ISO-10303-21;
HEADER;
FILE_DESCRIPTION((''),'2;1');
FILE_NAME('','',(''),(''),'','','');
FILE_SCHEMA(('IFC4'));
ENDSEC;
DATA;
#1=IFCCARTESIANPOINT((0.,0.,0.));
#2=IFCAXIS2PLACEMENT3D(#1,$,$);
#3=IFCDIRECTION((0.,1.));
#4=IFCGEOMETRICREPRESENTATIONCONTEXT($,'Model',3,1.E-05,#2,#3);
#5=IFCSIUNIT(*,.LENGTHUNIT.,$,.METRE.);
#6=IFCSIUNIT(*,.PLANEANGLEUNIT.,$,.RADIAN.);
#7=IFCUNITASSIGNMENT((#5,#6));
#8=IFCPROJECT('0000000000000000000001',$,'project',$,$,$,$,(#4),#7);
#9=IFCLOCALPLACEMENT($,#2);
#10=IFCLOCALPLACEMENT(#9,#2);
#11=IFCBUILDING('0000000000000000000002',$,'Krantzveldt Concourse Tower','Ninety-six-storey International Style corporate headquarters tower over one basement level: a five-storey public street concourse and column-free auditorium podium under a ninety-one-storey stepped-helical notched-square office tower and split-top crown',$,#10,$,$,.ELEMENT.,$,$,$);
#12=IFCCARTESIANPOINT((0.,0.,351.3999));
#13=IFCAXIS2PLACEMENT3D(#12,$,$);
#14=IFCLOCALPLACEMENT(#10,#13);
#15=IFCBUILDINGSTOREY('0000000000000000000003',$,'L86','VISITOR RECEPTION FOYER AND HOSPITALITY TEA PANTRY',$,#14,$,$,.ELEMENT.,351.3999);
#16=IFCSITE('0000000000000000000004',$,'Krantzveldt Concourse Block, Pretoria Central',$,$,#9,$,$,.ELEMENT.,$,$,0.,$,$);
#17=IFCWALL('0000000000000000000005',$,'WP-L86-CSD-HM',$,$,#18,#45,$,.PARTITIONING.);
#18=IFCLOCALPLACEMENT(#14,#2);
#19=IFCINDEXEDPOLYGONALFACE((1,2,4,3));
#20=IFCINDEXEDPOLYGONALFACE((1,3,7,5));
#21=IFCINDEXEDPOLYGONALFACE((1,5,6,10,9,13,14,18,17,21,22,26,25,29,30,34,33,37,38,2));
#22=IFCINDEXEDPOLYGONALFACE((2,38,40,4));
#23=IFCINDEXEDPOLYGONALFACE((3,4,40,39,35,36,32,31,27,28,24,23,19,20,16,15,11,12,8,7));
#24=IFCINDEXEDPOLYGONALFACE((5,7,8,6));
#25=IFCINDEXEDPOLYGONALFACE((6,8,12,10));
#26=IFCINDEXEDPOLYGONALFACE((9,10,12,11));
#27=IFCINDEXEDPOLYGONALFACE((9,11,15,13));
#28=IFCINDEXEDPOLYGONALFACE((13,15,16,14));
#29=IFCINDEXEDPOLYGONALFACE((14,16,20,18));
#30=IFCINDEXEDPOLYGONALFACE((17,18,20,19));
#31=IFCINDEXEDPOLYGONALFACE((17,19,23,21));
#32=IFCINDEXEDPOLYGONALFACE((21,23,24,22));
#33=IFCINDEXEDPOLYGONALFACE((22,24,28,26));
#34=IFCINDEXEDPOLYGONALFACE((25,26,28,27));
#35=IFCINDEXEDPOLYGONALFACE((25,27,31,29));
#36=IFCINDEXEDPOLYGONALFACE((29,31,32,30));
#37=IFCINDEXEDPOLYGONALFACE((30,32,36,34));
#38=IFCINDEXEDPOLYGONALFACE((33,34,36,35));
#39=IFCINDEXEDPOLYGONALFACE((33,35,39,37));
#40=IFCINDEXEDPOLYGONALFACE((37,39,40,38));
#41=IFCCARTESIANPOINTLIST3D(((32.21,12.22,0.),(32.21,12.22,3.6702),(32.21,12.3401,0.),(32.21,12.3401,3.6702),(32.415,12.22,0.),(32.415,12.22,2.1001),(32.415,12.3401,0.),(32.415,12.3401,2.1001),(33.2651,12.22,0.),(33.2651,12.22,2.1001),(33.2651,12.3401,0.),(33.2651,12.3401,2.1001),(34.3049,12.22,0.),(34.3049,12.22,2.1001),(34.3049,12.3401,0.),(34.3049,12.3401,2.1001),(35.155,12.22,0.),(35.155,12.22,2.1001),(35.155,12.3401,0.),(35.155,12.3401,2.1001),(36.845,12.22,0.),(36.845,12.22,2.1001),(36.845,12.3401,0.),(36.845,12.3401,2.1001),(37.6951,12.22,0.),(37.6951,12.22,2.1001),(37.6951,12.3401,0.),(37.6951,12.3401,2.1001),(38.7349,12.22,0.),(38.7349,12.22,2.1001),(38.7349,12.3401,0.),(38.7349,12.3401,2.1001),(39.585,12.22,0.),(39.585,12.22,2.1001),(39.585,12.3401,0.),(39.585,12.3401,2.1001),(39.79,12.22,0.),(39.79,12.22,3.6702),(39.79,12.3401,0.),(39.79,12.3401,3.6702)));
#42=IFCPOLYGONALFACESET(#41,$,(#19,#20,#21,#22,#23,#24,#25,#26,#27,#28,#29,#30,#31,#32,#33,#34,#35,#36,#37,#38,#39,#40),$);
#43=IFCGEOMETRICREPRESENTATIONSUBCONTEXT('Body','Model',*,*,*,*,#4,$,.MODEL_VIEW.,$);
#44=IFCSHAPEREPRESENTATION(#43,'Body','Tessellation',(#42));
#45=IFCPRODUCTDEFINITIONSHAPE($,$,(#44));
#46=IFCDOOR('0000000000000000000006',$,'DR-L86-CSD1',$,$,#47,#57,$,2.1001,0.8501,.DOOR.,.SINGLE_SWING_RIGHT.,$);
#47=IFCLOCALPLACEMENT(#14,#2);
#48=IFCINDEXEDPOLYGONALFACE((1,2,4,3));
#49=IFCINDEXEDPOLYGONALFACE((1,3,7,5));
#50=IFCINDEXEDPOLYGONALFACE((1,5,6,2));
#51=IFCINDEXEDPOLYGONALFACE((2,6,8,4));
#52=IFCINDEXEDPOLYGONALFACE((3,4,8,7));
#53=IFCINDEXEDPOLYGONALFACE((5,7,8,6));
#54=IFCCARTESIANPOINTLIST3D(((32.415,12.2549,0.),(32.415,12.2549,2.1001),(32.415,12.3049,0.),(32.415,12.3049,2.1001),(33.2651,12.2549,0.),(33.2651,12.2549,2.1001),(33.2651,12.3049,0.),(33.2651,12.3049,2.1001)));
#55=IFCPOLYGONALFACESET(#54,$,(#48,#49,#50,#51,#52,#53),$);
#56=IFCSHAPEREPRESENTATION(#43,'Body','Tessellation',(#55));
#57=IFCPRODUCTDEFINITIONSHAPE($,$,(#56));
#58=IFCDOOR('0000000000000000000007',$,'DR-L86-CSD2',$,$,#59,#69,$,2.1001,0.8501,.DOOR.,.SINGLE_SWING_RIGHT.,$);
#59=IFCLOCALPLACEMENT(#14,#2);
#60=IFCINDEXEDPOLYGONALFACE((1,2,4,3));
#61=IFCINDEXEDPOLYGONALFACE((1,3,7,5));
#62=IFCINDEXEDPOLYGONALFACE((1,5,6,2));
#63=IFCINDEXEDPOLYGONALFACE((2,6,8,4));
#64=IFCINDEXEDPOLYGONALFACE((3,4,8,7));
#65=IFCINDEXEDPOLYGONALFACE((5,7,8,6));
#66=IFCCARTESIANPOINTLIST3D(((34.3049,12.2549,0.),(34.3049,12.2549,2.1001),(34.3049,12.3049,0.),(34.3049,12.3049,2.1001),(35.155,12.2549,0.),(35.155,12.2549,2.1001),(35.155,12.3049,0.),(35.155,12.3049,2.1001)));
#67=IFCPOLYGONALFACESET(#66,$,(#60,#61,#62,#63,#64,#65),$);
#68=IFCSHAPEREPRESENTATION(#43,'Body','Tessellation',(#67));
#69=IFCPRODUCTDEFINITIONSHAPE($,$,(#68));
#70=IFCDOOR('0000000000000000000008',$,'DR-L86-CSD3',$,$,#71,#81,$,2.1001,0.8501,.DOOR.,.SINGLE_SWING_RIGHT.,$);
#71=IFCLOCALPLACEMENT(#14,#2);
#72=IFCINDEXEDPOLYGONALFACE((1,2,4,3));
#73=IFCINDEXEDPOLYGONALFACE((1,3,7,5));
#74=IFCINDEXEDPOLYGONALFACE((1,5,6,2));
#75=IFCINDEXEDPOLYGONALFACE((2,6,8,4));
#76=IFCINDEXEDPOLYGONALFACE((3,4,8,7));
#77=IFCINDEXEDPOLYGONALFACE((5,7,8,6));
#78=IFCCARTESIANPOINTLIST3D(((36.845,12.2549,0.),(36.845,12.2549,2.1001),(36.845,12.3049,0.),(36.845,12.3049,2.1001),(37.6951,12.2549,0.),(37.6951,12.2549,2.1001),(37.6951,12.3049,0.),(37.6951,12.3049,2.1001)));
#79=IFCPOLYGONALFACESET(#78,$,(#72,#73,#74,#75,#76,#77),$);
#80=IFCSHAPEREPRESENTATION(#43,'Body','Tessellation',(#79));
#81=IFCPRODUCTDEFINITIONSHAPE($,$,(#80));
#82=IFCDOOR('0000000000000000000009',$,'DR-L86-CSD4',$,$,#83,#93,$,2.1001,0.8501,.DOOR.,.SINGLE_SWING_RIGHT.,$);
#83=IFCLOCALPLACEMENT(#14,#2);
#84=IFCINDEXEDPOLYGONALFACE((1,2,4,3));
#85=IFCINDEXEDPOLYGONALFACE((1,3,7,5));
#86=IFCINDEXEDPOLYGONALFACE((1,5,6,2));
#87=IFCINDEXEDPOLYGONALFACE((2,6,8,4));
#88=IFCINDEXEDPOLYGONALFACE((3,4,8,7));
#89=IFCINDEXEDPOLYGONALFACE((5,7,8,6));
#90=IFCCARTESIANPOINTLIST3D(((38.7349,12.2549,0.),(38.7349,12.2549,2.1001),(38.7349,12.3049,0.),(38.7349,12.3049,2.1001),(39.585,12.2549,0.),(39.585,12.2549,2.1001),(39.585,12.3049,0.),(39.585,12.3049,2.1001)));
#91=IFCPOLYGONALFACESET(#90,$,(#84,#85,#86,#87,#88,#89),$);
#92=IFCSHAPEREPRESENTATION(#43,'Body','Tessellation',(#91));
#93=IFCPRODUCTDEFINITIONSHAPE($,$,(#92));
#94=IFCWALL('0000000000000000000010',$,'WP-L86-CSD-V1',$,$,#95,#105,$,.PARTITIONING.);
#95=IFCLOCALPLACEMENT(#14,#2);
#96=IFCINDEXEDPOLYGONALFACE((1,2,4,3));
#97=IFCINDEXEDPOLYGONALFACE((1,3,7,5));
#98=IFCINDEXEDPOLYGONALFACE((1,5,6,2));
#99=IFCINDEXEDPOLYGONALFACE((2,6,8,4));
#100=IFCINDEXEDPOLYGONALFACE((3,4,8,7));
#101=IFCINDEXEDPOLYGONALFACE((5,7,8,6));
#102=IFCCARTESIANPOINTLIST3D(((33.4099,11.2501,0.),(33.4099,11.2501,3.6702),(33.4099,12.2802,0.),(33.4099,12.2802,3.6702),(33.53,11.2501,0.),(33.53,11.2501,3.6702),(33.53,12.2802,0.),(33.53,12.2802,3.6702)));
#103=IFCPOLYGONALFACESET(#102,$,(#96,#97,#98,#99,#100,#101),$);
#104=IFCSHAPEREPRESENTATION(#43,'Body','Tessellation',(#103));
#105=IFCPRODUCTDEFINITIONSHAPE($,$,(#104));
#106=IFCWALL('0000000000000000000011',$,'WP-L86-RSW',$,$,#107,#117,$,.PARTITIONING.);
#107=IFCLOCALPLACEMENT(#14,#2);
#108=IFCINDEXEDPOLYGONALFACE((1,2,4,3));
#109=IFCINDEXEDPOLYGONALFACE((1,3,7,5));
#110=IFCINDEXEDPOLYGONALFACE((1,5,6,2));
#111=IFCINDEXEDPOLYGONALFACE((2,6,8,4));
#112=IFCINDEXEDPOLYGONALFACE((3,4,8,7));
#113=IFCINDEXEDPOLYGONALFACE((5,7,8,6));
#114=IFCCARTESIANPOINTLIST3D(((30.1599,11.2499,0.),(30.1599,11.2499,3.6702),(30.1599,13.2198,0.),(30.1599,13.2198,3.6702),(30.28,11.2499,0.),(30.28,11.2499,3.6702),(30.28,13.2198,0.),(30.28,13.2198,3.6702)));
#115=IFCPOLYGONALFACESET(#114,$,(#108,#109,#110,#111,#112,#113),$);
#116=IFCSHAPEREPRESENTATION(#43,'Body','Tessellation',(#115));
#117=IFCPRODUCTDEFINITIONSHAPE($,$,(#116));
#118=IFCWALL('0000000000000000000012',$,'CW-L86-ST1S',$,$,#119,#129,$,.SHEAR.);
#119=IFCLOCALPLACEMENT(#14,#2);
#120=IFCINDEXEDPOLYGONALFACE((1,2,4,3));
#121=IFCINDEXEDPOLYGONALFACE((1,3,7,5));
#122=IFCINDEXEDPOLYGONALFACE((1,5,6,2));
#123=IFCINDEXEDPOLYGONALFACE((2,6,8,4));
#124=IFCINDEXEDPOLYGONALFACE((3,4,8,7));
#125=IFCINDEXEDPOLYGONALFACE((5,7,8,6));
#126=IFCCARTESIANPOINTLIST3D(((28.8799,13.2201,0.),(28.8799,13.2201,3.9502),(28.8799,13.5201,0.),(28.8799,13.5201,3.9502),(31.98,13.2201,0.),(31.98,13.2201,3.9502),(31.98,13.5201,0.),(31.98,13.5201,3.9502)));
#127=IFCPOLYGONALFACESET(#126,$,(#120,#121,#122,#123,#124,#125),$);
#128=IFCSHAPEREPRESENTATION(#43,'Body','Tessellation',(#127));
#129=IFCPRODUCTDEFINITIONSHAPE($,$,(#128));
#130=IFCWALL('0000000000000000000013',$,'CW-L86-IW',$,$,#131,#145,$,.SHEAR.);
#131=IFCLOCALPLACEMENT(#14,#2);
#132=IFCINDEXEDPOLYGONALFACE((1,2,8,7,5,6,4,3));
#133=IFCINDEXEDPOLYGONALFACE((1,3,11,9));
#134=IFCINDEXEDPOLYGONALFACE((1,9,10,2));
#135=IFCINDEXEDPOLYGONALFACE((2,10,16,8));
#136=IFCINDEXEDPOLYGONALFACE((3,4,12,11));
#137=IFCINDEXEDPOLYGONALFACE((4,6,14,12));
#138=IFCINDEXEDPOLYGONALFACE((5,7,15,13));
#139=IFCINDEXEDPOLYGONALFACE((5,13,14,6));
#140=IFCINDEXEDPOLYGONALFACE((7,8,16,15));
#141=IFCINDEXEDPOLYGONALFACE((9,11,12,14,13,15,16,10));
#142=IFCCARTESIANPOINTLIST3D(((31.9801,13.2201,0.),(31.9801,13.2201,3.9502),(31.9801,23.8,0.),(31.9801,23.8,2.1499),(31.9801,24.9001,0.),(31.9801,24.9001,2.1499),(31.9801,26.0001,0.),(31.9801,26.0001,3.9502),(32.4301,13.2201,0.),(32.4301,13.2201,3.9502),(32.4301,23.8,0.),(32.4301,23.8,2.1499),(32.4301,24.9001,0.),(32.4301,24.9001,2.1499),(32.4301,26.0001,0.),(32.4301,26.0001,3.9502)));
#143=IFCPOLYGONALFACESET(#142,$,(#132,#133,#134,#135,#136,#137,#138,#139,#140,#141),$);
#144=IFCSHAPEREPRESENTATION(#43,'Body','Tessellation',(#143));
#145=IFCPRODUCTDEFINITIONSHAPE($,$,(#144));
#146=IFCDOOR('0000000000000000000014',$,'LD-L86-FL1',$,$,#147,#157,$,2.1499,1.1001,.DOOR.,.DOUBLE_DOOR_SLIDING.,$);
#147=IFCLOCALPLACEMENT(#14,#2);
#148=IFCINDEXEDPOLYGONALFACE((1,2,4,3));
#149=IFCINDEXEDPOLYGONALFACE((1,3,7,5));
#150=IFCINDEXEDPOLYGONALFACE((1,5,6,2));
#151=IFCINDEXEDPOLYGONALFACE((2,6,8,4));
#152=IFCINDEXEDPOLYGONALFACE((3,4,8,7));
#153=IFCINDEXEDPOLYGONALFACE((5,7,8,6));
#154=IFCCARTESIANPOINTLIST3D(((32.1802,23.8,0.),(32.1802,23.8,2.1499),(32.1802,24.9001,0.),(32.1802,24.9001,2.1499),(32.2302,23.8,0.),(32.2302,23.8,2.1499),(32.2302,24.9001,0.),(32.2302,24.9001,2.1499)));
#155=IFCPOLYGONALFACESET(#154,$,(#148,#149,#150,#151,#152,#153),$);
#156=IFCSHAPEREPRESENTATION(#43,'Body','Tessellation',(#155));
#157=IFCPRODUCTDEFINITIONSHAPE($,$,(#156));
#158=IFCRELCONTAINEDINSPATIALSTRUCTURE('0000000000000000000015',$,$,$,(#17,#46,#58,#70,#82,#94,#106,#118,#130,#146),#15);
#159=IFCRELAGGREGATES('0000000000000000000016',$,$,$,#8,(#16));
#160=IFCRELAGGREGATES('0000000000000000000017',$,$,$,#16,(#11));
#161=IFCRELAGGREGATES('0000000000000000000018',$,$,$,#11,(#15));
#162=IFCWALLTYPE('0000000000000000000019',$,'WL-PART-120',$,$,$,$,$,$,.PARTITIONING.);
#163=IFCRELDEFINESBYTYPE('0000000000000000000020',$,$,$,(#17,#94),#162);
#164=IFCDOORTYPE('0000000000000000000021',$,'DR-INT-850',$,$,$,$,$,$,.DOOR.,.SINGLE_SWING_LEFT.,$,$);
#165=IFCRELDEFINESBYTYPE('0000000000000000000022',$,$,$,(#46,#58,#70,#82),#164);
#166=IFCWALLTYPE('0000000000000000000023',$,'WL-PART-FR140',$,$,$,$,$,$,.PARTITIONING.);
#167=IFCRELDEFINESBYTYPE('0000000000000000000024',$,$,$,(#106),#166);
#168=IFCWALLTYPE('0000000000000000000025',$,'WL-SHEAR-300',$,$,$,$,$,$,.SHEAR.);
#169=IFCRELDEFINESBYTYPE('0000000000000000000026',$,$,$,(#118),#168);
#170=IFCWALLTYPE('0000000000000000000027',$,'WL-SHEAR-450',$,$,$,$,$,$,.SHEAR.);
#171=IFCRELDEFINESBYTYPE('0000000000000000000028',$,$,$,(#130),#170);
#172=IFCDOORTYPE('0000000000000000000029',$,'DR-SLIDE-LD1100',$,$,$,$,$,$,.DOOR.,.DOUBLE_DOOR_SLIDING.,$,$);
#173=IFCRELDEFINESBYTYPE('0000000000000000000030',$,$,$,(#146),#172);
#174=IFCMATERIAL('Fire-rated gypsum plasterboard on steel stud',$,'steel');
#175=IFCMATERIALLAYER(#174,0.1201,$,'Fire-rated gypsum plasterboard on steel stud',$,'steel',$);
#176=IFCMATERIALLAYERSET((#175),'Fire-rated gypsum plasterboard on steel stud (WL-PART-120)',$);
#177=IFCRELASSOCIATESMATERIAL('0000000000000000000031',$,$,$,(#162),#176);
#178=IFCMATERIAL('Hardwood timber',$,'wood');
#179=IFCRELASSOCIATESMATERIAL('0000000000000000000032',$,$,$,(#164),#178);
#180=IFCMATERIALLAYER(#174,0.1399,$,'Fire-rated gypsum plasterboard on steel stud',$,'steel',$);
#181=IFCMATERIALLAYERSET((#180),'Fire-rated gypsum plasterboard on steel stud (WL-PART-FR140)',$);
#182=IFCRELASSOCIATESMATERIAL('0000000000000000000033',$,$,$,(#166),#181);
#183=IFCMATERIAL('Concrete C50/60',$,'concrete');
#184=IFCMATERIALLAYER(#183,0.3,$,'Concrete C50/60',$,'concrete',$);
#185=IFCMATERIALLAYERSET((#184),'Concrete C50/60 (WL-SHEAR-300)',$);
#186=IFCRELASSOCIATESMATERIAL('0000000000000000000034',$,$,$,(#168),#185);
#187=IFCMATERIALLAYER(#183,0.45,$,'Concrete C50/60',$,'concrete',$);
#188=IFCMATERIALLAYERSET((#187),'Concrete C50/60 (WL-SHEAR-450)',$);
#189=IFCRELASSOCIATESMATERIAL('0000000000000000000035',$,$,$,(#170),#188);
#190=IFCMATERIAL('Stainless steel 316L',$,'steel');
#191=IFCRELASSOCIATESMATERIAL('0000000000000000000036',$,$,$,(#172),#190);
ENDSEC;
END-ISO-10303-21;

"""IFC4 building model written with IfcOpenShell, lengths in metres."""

from ifc_helpers import new_model, si_unit, direction, frame, frame_2d, origin, place, context, subcontext, project, spatial, rectangle, extrude, material, layer, layer_set, type_object, element, fill, save


model = new_model("IFC4")

# Units and contexts
model_context = context("Model", 3, precision=1e-05, world=origin(), true_north=direction((0.0, 1.0)))
body_context = subcontext(model_context, "Body", "Model", "MODEL_VIEW")
ifc_project = project(units=[si_unit("LENGTHUNIT", "METRE"), si_unit("PLANEANGLEUNIT", "RADIAN")], contexts=[model_context])

# Site, building, storey
site_placement = place(None, origin())
site = spatial("IfcSite", under=ifc_project, at=site_placement, Name="Krantzveldt Concourse Block, Pretoria Central", CompositionType="ELEMENT", RefElevation=0.0)
building_placement = place(site_placement, origin())
building = spatial("IfcBuilding", under=site, at=building_placement, Name="Krantzveldt Concourse Tower", Description="Ninety-six-storey International Style corporate headquarters tower over one basement level: a five-storey public street concourse and column-free auditorium podium under a ninety-one-storey stepped-helical notched-square office tower and split-top crown", CompositionType="ELEMENT")
storey_placement = place(building_placement, frame((0.0, 0.0, 351.3999)))
storey = spatial("IfcBuildingStorey", under=building, at=storey_placement, Name="L86", Description="VISITOR RECEPTION FOYER AND HOSPITALITY TEA PANTRY", CompositionType="ELEMENT", Elevation=351.3999)

# Shared definitions
ifc_material_1 = material(Name="Fire-rated gypsum plasterboard on steel stud", Category="steel")
ifc_layer_1 = layer(ifc_material_1, 0.1201, Name="Fire-rated gypsum plasterboard on steel stud", Category="steel")
ifc_layer_set_1 = layer_set([ifc_layer_1], Name="Fire-rated gypsum plasterboard on steel stud (WL-PART-120)")
wall_type_1 = type_object("IfcWallType", Name="WL-PART-120", PredefinedType="PARTITIONING", material=ifc_layer_set_1)
ifc_material_2 = material(Name="Hardwood timber", Category="wood")
door_type_1 = type_object("IfcDoorType", Name="DR-INT-850", OperationType="SINGLE_SWING_LEFT", PredefinedType="DOOR", material=ifc_material_2)

# Wall, openings, doors
wall_1_placement = place(storey_placement, frame((32.21, 12.28, 0.0), z_axis=(0.0, 0.0, 1.0), x_axis=(1.0, 0.0, 0.0)))
wall_1 = element("IfcWall", 1, at=wall_1_placement, inside=storey, type_object=wall_type_1, Name="WP-L86-CSD-HM", PredefinedType="PARTITIONING", context=body_context, shape_type="SweptSolid", body=[
    extrude(rectangle(XDim=7.5801, YDim=0.1201, at=frame_2d((3.79, 0.0))), origin(), (0.0, 0.0, 1.0), 3.6702),
])
opening_1_placement = place(wall_1_placement, frame((0.2051, 0.0, 0.0)))
opening_1 = element("IfcOpeningElement", 2, at=opening_1_placement, cuts=wall_1, PredefinedType="OPENING", context=body_context, shape_type="SweptSolid", body=[
    extrude(rectangle(XDim=0.8501, YDim=2.1001, at=frame_2d((0.425, 1.05))), frame((0.0, 0.0701, 0.0), z_axis=(0.0, -1.0, 0.0), x_axis=(1.0, 0.0, 0.0)), (0.0, 0.0, 1.0), 0.1401),
])
opening_2_placement = place(wall_1_placement, frame((2.095, 0.0, 0.0)))
opening_2 = element("IfcOpeningElement", 3, at=opening_2_placement, cuts=wall_1, PredefinedType="OPENING", context=body_context, shape_type="SweptSolid", body=[
    extrude(rectangle(XDim=0.8501, YDim=2.1001, at=frame_2d((0.425, 1.05))), frame((0.0, 0.0701, 0.0), z_axis=(0.0, -1.0, 0.0), x_axis=(1.0, 0.0, 0.0)), (0.0, 0.0, 1.0), 0.1401),
])
opening_3_placement = place(wall_1_placement, frame((4.635, 0.0, 0.0)))
opening_3 = element("IfcOpeningElement", 4, at=opening_3_placement, cuts=wall_1, PredefinedType="OPENING", context=body_context, shape_type="SweptSolid", body=[
    extrude(rectangle(XDim=0.8501, YDim=2.1001, at=frame_2d((0.425, 1.05))), frame((0.0, 0.0701, 0.0), z_axis=(0.0, -1.0, 0.0), x_axis=(1.0, 0.0, 0.0)), (0.0, 0.0, 1.0), 0.1401),
])
opening_4_placement = place(wall_1_placement, frame((6.5249, 0.0, 0.0)))
opening_4 = element("IfcOpeningElement", 5, at=opening_4_placement, cuts=wall_1, PredefinedType="OPENING", context=body_context, shape_type="SweptSolid", body=[
    extrude(rectangle(XDim=0.8501, YDim=2.1001, at=frame_2d((0.425, 1.05))), frame((0.0, 0.0701, 0.0), z_axis=(0.0, -1.0, 0.0), x_axis=(1.0, 0.0, 0.0)), (0.0, 0.0, 1.0), 0.1401),
])
door_1_placement = place(opening_1_placement, origin())
door_1 = element("IfcDoor", 6, at=door_1_placement, inside=storey, type_object=door_type_1, Name="DR-L86-CSD1", OperationType="SINGLE_SWING_RIGHT", OverallHeight=2.1001, OverallWidth=0.8501, PredefinedType="DOOR", context=body_context, shape_type="SweptSolid", body=[
    extrude(rectangle(XDim=0.8501, YDim=2.1001, at=frame_2d((0.425, 1.05))), frame((0.0, 0.0249, 0.0), z_axis=(0.0, -1.0, 0.0), x_axis=(1.0, 0.0, 0.0)), (0.0, 0.0, 1.0), 0.05),
])
fill(opening_1, door_1)
door_2_placement = place(opening_2_placement, origin())
door_2 = element("IfcDoor", 7, at=door_2_placement, inside=storey, type_object=door_type_1, Name="DR-L86-CSD2", OperationType="SINGLE_SWING_RIGHT", OverallHeight=2.1001, OverallWidth=0.8501, PredefinedType="DOOR", context=body_context, shape_type="SweptSolid", body=[
    extrude(rectangle(XDim=0.8501, YDim=2.1001, at=frame_2d((0.425, 1.05))), frame((0.0, 0.0249, 0.0), z_axis=(0.0, -1.0, 0.0), x_axis=(1.0, 0.0, 0.0)), (0.0, 0.0, 1.0), 0.05),
])
fill(opening_2, door_2)
door_3_placement = place(opening_3_placement, origin())
door_3 = element("IfcDoor", 8, at=door_3_placement, inside=storey, type_object=door_type_1, Name="DR-L86-CSD3", OperationType="SINGLE_SWING_RIGHT", OverallHeight=2.1001, OverallWidth=0.8501, PredefinedType="DOOR", context=body_context, shape_type="SweptSolid", body=[
    extrude(rectangle(XDim=0.8501, YDim=2.1001, at=frame_2d((0.425, 1.05))), frame((0.0, 0.0249, 0.0), z_axis=(0.0, -1.0, 0.0), x_axis=(1.0, 0.0, 0.0)), (0.0, 0.0, 1.0), 0.05),
])
fill(opening_3, door_3)
door_4_placement = place(opening_4_placement, origin())
door_4 = element("IfcDoor", 9, at=door_4_placement, inside=storey, type_object=door_type_1, Name="DR-L86-CSD4", OperationType="SINGLE_SWING_RIGHT", OverallHeight=2.1001, OverallWidth=0.8501, PredefinedType="DOOR", context=body_context, shape_type="SweptSolid", body=[
    extrude(rectangle(XDim=0.8501, YDim=2.1001, at=frame_2d((0.425, 1.05))), frame((0.0, 0.0249, 0.0), z_axis=(0.0, -1.0, 0.0), x_axis=(1.0, 0.0, 0.0)), (0.0, 0.0, 1.0), 0.05),
])
fill(opening_4, door_4)

# Walls
wall_2_placement = place(storey_placement, frame((33.47, 11.25, 0.0), z_axis=(0.0, 0.0, 1.0), x_axis=(0.0, 1.0, 0.0)))
element("IfcWall", 10, at=wall_2_placement, inside=storey, type_object=wall_type_1, Name="WP-L86-CSD-V1", PredefinedType="PARTITIONING", context=body_context, shape_type="SweptSolid", body=[
    extrude(rectangle(XDim=1.03, YDim=0.1201, at=frame_2d((0.5151, 0.0))), origin(), (0.0, 0.0, 1.0), 3.6702),
])
ifc_layer_2 = layer(ifc_material_1, 0.1399, Name="Fire-rated gypsum plasterboard on steel stud", Category="steel")
ifc_layer_set_2 = layer_set([ifc_layer_2], Name="Fire-rated gypsum plasterboard on steel stud (WL-PART-FR140)")
wall_type_2 = type_object("IfcWallType", Name="WL-PART-FR140", PredefinedType="PARTITIONING", material=ifc_layer_set_2)
wall_3_placement = place(storey_placement, frame((30.22, 11.25, 0.0), z_axis=(0.0, 0.0, 1.0), x_axis=(0.0, 1.0, 0.0)))
element("IfcWall", 11, at=wall_3_placement, inside=storey, type_object=wall_type_2, Name="WP-L86-RSW", PredefinedType="PARTITIONING", context=body_context, shape_type="SweptSolid", body=[
    extrude(rectangle(XDim=1.97, YDim=0.1201, at=frame_2d((0.9849, 0.0))), origin(), (0.0, 0.0, 1.0), 3.6702),
])
ifc_material_3 = material(Name="Concrete C50/60", Category="concrete")
ifc_layer_3 = layer(ifc_material_3, 0.3, Name="Concrete C50/60", Category="concrete")
ifc_layer_set_3 = layer_set([ifc_layer_3], Name="Concrete C50/60 (WL-SHEAR-300)")
wall_type_3 = type_object("IfcWallType", Name="WL-SHEAR-300", PredefinedType="SHEAR", material=ifc_layer_set_3)
wall_4_placement = place(storey_placement, frame((28.8799, 13.3701, 0.0), z_axis=(0.0, 0.0, 1.0), x_axis=(1.0, 0.0, 0.0)))
element("IfcWall", 12, at=wall_4_placement, inside=storey, type_object=wall_type_3, Name="CW-L86-ST1S", PredefinedType="SHEAR", context=body_context, shape_type="SweptSolid", body=[
    extrude(rectangle(XDim=3.1001, YDim=0.3, at=frame_2d((1.55, 0.0))), origin(), (0.0, 0.0, 1.0), 3.9502),
])

# Wall, opening, door
ifc_layer_4 = layer(ifc_material_3, 0.45, Name="Concrete C50/60", Category="concrete")
ifc_layer_set_4 = layer_set([ifc_layer_4], Name="Concrete C50/60 (WL-SHEAR-450)")
wall_type_4 = type_object("IfcWallType", Name="WL-SHEAR-450", PredefinedType="SHEAR", material=ifc_layer_set_4)
wall_5_placement = place(storey_placement, frame((32.2051, 13.22, 0.0), z_axis=(0.0, 0.0, 1.0), x_axis=(0.0, 1.0, 0.0)))
wall_5 = element("IfcWall", 13, at=wall_5_placement, inside=storey, type_object=wall_type_4, Name="CW-L86-IW", PredefinedType="SHEAR", context=body_context, shape_type="SweptSolid", body=[
    extrude(rectangle(XDim=12.78, YDim=0.45, at=frame_2d((6.3901, 0.0))), origin(), (0.0, 0.0, 1.0), 3.9502),
])
opening_5_placement = place(wall_5_placement, frame((10.5801, 0.0, 0.0)))
opening_5 = element("IfcOpeningElement", 14, at=opening_5_placement, cuts=wall_5, PredefinedType="OPENING", context=body_context, shape_type="SweptSolid", body=[
    extrude(rectangle(XDim=1.1001, YDim=2.1499, at=frame_2d((0.55, 1.075))), frame((0.0, 0.2349, 0.0), z_axis=(0.0, -1.0, 0.0), x_axis=(1.0, 0.0, 0.0)), (0.0, 0.0, 1.0), 0.47),
])
ifc_material_4 = material(Name="Stainless steel 316L", Category="steel")
door_type_2 = type_object("IfcDoorType", Name="DR-SLIDE-LD1100", OperationType="DOUBLE_DOOR_SLIDING", PredefinedType="DOOR", material=ifc_material_4)
door_5_placement = place(opening_5_placement, origin())
door_5 = element("IfcDoor", 15, at=door_5_placement, inside=storey, type_object=door_type_2, Name="LD-L86-FL1", OperationType="DOUBLE_DOOR_SLIDING", OverallHeight=2.1499, OverallWidth=1.1001, PredefinedType="DOOR", context=body_context, shape_type="SweptSolid", body=[
    extrude(rectangle(XDim=1.1001, YDim=2.1499, at=frame_2d((0.55, 1.075))), frame((0.0, 0.0249, 0.0), z_axis=(0.0, -1.0, 0.0), x_axis=(1.0, 0.0, 0.0)), (0.0, 0.0, 1.0), 0.05),
])
fill(opening_5, door_5)

save(model, "model.ifc")
